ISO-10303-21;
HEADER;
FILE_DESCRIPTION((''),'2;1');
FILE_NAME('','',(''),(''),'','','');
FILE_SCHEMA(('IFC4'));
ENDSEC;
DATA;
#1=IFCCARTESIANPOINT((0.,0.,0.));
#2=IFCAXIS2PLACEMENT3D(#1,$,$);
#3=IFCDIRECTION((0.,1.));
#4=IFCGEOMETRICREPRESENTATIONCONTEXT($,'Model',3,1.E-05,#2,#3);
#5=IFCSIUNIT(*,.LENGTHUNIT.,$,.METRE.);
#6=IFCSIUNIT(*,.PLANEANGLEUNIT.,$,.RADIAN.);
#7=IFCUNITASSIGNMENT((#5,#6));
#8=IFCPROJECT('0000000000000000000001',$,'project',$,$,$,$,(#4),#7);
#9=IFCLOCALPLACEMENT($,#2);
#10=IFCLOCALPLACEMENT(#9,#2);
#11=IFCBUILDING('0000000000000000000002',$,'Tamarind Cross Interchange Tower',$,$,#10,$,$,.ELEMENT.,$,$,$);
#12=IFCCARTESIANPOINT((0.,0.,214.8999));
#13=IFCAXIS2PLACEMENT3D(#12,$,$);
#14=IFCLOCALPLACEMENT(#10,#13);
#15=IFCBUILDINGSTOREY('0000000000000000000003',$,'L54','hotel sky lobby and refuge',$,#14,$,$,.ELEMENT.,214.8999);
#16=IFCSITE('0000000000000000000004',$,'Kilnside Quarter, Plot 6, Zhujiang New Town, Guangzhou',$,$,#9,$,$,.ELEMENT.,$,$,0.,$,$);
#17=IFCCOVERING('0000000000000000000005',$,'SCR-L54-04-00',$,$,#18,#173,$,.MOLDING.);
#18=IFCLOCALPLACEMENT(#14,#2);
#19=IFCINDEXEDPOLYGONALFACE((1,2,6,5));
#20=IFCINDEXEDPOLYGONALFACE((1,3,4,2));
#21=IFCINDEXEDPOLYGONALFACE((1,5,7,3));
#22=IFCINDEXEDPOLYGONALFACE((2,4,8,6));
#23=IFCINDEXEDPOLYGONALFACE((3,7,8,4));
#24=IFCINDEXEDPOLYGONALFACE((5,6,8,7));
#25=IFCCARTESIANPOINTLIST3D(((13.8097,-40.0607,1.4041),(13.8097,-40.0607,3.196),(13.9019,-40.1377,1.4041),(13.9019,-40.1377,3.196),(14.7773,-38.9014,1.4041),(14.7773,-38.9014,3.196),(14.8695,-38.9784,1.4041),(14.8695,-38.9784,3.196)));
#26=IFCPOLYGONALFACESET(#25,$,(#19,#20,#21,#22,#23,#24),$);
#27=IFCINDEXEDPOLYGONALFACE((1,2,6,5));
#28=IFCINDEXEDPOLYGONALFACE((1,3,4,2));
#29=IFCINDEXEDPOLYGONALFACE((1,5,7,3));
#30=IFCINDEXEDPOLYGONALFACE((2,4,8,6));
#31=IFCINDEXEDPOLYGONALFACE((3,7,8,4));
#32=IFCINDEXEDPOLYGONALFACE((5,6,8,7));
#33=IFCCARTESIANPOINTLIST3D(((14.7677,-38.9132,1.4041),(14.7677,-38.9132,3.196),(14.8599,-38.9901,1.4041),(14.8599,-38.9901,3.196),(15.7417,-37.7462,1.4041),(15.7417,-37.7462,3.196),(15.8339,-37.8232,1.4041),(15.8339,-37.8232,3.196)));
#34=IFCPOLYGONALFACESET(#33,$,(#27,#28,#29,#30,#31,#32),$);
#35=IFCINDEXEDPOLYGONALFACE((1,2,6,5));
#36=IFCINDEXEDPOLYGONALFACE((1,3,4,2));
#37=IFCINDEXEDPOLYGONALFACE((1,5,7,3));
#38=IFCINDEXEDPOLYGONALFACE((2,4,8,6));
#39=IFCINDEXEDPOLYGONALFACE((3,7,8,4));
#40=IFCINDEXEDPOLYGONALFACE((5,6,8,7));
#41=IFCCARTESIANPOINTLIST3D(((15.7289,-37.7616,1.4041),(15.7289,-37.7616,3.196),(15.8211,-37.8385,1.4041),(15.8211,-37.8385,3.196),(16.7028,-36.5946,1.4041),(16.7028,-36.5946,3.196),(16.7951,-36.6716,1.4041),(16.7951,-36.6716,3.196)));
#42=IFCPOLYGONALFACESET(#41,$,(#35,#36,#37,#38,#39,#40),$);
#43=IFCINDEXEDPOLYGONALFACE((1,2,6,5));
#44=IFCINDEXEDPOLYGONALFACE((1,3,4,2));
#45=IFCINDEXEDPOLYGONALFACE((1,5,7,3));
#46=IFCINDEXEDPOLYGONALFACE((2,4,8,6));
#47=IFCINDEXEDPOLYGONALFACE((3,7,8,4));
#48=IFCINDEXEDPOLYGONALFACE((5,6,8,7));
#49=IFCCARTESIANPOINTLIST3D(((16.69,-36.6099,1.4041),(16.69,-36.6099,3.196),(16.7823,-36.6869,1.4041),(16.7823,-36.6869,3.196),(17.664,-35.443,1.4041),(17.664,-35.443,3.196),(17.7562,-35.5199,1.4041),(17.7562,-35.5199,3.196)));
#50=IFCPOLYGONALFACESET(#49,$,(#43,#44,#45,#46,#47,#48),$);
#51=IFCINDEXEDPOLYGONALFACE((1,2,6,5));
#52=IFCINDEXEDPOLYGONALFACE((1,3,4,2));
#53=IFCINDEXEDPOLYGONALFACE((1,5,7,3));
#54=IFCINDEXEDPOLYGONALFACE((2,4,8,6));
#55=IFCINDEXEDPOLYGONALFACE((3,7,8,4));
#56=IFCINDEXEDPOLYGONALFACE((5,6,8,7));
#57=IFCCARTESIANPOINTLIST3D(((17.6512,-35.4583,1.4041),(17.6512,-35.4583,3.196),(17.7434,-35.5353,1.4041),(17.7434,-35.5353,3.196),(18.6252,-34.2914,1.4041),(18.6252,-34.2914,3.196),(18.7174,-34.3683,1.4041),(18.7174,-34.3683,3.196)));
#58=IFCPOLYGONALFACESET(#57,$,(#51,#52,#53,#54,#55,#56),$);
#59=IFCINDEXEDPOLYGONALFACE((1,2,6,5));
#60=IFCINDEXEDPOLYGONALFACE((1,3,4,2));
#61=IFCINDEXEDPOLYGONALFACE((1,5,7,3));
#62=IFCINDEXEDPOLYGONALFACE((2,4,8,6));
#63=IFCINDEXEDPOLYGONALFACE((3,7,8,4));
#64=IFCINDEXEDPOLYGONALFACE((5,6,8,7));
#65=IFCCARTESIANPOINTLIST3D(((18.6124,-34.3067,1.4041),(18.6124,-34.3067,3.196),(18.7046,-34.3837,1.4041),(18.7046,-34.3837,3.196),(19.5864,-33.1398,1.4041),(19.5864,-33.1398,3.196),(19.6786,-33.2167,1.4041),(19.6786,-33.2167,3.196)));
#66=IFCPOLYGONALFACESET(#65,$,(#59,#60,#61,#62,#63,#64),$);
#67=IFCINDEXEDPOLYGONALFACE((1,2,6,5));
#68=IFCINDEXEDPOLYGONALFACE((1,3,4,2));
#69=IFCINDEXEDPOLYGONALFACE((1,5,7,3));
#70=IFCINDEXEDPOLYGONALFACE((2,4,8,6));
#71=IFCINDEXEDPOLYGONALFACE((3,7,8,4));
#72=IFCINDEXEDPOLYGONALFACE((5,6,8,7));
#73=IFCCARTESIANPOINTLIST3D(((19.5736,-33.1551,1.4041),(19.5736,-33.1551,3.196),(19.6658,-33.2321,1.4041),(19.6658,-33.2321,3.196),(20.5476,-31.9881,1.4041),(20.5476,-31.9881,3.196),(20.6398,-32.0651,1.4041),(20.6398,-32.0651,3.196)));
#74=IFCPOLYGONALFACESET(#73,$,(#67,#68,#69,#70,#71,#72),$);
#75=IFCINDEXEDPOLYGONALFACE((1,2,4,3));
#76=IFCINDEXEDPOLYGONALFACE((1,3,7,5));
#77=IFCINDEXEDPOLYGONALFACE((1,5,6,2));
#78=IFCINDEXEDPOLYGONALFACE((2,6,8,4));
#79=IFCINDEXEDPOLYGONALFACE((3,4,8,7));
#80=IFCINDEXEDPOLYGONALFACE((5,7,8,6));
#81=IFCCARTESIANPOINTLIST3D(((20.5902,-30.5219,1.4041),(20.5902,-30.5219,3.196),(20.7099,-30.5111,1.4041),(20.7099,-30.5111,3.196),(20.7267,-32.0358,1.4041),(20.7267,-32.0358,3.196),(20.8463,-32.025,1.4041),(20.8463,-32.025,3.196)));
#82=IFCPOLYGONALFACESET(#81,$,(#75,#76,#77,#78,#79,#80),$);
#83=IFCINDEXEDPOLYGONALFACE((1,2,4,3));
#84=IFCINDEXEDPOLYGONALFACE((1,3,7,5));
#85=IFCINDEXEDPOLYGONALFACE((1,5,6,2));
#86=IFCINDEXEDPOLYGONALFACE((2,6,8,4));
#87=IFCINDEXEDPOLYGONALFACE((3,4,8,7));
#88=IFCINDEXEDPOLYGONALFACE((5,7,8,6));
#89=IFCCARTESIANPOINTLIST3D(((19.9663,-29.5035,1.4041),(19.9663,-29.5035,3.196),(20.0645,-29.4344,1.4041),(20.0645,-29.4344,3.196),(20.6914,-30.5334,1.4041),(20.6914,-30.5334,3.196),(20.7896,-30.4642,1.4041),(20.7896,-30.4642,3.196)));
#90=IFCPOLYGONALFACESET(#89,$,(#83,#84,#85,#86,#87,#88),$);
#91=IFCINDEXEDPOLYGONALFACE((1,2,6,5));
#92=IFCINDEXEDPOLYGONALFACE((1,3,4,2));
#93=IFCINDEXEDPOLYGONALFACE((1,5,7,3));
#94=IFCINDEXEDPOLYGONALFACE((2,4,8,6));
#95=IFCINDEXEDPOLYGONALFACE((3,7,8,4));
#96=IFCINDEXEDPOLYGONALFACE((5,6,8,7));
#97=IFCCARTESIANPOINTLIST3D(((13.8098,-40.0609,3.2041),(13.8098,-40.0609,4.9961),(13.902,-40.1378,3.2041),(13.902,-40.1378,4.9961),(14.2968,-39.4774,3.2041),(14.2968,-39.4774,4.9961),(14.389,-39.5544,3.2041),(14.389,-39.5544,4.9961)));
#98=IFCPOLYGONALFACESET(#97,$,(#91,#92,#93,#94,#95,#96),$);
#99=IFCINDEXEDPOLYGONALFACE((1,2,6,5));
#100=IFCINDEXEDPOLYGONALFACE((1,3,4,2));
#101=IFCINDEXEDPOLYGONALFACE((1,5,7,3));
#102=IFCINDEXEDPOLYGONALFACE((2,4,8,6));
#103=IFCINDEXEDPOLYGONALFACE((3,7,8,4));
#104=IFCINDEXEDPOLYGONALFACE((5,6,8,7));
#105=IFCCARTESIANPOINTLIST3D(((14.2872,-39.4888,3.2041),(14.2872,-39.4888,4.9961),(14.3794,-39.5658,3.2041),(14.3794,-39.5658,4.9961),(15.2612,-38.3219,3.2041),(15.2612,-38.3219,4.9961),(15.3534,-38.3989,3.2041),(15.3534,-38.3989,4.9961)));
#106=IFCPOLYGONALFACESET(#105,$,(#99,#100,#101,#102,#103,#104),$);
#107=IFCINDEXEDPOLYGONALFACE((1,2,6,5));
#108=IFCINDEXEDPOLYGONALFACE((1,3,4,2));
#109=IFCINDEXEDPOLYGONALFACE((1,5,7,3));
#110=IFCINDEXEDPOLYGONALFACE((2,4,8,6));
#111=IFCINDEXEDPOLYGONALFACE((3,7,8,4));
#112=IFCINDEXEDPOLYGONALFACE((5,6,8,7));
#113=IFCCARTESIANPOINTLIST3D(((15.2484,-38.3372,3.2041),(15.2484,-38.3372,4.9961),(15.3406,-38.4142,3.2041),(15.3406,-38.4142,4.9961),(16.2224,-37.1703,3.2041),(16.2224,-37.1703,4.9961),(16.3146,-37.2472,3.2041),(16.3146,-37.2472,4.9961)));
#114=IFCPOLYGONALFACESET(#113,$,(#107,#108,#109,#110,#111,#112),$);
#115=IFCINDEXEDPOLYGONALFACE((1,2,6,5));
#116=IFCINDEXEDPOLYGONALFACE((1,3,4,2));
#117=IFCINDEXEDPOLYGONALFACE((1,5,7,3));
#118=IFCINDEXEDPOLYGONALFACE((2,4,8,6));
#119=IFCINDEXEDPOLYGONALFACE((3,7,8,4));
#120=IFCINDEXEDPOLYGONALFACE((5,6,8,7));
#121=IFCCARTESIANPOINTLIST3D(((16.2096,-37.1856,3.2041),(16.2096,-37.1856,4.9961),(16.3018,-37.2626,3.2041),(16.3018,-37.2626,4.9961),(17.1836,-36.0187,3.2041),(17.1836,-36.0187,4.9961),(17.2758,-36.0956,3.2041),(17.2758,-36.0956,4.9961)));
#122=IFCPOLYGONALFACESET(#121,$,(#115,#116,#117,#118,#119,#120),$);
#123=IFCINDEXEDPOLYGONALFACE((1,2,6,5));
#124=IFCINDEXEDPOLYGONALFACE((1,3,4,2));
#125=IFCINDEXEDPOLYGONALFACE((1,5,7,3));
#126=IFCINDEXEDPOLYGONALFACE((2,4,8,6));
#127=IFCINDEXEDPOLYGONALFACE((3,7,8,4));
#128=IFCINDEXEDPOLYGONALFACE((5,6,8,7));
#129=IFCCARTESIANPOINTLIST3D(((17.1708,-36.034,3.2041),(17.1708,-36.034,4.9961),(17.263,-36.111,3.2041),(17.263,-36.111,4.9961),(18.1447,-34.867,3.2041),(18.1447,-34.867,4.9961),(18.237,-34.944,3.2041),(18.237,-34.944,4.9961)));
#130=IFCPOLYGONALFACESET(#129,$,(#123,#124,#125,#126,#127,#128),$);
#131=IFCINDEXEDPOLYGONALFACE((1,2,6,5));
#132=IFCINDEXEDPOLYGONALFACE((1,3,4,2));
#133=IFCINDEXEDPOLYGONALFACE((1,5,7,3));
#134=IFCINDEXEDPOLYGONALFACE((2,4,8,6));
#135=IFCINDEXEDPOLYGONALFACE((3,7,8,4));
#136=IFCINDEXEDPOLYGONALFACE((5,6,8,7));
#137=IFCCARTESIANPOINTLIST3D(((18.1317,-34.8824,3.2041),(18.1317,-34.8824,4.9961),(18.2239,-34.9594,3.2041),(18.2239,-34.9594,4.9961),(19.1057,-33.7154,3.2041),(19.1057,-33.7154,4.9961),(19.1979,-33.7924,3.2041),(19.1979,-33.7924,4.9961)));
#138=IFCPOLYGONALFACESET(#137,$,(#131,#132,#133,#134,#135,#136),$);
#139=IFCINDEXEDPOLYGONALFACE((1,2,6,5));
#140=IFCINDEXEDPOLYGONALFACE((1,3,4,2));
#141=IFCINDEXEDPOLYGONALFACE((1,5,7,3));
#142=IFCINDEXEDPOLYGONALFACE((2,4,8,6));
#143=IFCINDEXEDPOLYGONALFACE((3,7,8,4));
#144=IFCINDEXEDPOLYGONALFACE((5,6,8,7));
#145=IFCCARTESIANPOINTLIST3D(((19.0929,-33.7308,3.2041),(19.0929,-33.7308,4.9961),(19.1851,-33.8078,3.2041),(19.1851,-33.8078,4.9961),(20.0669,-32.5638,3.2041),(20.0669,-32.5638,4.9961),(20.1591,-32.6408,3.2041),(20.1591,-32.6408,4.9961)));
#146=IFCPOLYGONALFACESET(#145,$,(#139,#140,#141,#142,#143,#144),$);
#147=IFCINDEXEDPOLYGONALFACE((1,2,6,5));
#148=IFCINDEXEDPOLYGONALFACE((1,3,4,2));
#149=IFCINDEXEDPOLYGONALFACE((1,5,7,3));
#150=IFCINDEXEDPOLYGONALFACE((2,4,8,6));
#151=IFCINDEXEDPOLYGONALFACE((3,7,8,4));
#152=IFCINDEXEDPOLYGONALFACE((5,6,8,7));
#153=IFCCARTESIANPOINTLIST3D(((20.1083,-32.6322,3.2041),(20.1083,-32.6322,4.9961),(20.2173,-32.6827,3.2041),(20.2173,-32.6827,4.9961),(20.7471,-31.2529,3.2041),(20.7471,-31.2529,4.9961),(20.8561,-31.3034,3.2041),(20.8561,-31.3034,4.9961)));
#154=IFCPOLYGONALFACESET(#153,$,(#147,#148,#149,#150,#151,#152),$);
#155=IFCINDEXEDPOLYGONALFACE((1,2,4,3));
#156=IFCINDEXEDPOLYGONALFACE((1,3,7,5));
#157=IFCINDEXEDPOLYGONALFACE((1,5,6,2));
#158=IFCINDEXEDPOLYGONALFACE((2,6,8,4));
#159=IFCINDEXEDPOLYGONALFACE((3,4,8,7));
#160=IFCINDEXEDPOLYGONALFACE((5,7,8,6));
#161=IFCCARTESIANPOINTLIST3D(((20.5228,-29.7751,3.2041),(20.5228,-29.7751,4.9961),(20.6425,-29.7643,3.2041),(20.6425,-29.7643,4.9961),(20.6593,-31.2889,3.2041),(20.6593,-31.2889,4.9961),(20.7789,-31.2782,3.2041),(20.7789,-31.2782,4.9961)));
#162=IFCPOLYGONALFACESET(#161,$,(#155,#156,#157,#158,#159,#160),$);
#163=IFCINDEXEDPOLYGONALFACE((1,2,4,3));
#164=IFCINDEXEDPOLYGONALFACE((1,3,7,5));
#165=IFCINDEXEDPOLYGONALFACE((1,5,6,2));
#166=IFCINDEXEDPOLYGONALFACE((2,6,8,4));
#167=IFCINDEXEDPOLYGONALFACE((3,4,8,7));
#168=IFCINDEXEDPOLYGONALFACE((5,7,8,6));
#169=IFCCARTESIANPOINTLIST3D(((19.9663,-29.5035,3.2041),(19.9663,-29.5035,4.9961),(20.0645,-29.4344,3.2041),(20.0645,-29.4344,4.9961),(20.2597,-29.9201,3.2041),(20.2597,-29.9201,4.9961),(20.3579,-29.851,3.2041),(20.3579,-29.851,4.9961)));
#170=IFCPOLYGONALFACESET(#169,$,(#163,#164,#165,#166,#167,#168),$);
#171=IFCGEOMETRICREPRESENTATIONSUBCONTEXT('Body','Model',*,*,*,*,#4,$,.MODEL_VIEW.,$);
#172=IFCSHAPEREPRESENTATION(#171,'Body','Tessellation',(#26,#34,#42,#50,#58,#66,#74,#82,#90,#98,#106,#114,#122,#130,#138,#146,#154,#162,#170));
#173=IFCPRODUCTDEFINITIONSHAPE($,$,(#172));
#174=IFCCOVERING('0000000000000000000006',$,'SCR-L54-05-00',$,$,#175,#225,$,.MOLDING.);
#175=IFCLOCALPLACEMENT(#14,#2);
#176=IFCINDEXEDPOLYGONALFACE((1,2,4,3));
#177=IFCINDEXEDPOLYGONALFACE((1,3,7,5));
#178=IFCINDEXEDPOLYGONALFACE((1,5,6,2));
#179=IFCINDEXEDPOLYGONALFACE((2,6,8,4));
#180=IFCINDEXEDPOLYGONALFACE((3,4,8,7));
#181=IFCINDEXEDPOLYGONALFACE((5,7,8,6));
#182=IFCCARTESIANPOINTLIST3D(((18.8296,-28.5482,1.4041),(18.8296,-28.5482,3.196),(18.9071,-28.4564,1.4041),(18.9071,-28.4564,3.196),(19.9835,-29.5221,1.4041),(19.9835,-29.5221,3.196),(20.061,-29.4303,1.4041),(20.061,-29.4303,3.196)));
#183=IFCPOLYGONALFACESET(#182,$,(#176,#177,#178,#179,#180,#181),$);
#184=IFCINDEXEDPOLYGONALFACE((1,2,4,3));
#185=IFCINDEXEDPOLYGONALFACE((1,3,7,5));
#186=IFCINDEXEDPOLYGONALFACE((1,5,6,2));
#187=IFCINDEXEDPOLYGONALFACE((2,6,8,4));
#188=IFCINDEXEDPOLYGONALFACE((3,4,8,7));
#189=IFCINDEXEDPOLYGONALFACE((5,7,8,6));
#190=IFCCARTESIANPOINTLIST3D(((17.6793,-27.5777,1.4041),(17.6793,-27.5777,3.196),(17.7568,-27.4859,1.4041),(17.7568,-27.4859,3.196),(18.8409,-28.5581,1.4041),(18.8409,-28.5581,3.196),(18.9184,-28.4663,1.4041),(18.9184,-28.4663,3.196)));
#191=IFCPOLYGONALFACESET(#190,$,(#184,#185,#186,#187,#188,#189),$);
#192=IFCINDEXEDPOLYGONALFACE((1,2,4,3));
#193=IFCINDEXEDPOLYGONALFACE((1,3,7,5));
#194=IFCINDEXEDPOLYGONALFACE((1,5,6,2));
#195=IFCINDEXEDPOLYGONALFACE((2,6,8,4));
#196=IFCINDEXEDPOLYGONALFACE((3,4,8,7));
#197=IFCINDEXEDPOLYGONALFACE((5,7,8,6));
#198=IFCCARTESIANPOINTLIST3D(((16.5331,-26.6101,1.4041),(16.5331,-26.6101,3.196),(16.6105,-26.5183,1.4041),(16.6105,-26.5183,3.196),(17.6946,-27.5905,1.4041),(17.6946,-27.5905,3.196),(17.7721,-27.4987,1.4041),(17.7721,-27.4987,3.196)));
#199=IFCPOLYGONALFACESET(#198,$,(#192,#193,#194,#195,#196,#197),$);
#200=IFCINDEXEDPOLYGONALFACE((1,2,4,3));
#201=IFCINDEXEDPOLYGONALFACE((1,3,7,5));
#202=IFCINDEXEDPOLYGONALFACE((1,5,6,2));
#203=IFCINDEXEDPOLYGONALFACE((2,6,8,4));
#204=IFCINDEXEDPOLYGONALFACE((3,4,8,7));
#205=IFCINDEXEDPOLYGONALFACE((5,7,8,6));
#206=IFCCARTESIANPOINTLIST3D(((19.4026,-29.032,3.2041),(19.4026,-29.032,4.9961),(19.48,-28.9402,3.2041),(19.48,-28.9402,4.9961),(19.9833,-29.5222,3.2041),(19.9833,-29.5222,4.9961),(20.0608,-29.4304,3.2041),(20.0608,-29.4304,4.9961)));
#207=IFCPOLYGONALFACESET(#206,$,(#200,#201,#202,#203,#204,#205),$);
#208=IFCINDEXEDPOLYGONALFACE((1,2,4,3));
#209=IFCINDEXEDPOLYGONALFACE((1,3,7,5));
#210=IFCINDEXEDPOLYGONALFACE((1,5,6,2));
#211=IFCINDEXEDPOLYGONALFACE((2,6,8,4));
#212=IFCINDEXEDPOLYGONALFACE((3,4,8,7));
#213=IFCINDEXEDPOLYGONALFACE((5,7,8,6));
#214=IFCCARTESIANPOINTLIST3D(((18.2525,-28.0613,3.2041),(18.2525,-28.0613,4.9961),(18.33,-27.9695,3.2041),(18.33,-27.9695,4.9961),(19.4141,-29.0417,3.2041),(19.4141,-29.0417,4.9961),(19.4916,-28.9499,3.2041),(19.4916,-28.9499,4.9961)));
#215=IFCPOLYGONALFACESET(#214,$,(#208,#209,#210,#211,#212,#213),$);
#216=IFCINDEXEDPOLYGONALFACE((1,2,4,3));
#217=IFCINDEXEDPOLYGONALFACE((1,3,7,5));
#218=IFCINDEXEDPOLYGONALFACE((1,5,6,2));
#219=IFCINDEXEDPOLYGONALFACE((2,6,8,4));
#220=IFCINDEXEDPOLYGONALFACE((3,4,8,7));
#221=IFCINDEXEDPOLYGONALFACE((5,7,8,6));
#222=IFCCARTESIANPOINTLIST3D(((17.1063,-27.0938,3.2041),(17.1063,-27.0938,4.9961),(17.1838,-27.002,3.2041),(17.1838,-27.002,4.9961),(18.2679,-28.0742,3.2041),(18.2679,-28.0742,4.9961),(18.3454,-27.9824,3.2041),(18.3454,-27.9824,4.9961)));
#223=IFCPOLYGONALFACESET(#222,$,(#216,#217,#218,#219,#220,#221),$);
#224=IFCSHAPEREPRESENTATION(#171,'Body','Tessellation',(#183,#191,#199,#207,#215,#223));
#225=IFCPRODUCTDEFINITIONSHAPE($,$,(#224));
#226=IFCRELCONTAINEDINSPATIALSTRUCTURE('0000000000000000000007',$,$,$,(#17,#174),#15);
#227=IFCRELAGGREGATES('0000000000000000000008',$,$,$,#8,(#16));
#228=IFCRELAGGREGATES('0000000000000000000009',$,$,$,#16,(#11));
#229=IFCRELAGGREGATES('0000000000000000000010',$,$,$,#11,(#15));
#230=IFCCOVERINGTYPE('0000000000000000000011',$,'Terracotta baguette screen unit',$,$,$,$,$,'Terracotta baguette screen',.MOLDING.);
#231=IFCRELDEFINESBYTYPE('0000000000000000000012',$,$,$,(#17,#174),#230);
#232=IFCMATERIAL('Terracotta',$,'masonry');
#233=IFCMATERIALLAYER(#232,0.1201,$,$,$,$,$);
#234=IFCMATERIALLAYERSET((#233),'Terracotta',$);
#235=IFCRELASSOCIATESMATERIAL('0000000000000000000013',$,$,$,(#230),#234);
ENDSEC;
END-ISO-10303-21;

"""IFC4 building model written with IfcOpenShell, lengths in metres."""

from ifc_helpers import new_model, si_unit, direction, frame, origin, origin_2d, place, context, subcontext, project, spatial, rectangle, extrude, material, layer, layer_set, type_object, element, save


model = new_model("IFC4")

# Units and contexts
model_context = context("Model", 3, precision=1e-05, world=origin(), true_north=direction((0.0, 1.0)))
body_context = subcontext(model_context, "Body", "Model", "MODEL_VIEW")
ifc_project = project(units=[si_unit("LENGTHUNIT", "METRE"), si_unit("PLANEANGLEUNIT", "RADIAN")], contexts=[model_context])

# Site, building, storey
site_placement = place(None, origin())
site = spatial("IfcSite", under=ifc_project, at=site_placement, Name="Kilnside Quarter, Plot 6, Zhujiang New Town, Guangzhou", CompositionType="ELEMENT", RefElevation=0.0)
building_placement = place(site_placement, origin())
building = spatial("IfcBuilding", under=site, at=building_placement, Name="Tamarind Cross Interchange Tower", CompositionType="ELEMENT")
storey_placement = place(building_placement, frame((0.0, 0.0, 214.8999)))
storey = spatial("IfcBuildingStorey", under=building, at=storey_placement, Name="L54", Description="hotel sky lobby and refuge", CompositionType="ELEMENT", Elevation=214.8999)

# Coverings
ifc_material_1 = material(Name="Terracotta", Category="masonry")
ifc_layer_1 = layer(ifc_material_1, 0.1201)
ifc_layer_set_1 = layer_set([ifc_layer_1], Name="Terracotta")
covering_type = type_object("IfcCoveringType", Name="Terracotta baguette screen unit", ElementType="Terracotta baguette screen", PredefinedType="MOLDING", material=ifc_layer_set_1)
covering_1_placement = place(storey_placement, origin())
element("IfcCovering", 1, at=covering_1_placement, inside=storey, type_object=covering_type, Name="SCR-L54-04-00", PredefinedType="MOLDING", context=body_context, shape_type="SweptSolid", body=[
    extrude(rectangle(XDim=1.51, YDim=0.1201, at=origin_2d()), frame((14.3396, -39.5195, 1.4041), z_axis=(0.0, 0.0, 1.0), x_axis=(0.640775, 0.767729, 0.0)), (0.0, 0.0, 1.0), 1.792),
    extrude(rectangle(XDim=1.52, YDim=0.1201, at=origin_2d()), frame((15.3008, -38.3682, 1.4041), z_axis=(0.0, 0.0, 1.0), x_axis=(0.640775, 0.767729, 0.0)), (0.0, 0.0, 1.0), 1.792),
    extrude(rectangle(XDim=1.52, YDim=0.1201, at=origin_2d()), frame((16.262, -37.2166, 1.4041), z_axis=(0.0, 0.0, 1.0), x_axis=(0.640775, 0.767729, 0.0)), (0.0, 0.0, 1.0), 1.792),
    extrude(rectangle(XDim=1.52, YDim=0.1201, at=origin_2d()), frame((17.2231, -36.0649, 1.4041), z_axis=(0.0, 0.0, 1.0), x_axis=(0.640775, 0.767729, 0.0)), (0.0, 0.0, 1.0), 1.792),
    extrude(rectangle(XDim=1.52, YDim=0.1201, at=origin_2d()), frame((18.1843, -34.9133, 1.4041), z_axis=(0.0, 0.0, 1.0), x_axis=(0.640775, 0.767729, 0.0)), (0.0, 0.0, 1.0), 1.792),
    extrude(rectangle(XDim=1.52, YDim=0.1201, at=origin_2d()), frame((19.1455, -33.7617, 1.4041), z_axis=(0.0, 0.0, 1.0), x_axis=(0.640775, 0.767729, 0.0)), (0.0, 0.0, 1.0), 1.792),
    extrude(rectangle(XDim=1.52, YDim=0.1201, at=origin_2d()), frame((20.1067, -32.6101, 1.4041), z_axis=(0.0, 0.0, 1.0), x_axis=(0.640775, 0.767729, 0.0)), (0.0, 0.0, 1.0), 1.792),
    extrude(rectangle(XDim=1.52, YDim=0.1201, at=origin_2d()), frame((20.7183, -31.2734, 1.4041), z_axis=(0.0, 0.0, 1.0), x_axis=(-0.08977, 0.995962, 0.0)), (0.0, 0.0, 1.0), 1.792),
    extrude(rectangle(XDim=1.2595, YDim=0.1201, at=origin_2d()), frame((20.3779, -29.9839, 1.4041), z_axis=(0.0, 0.0, 1.0), x_axis=(-0.575725, 0.817644, 0.0)), (0.0, 0.0, 1.0), 1.792),
    extrude(rectangle(XDim=0.76, YDim=0.1201, at=origin_2d()), frame((14.0994, -39.8076, 3.2041), z_axis=(0.0, 0.0, 1.0), x_axis=(0.640775, 0.767729, 0.0)), (0.0, 0.0, 1.0), 1.792),
    extrude(rectangle(XDim=1.52, YDim=0.1201, at=origin_2d()), frame((14.8203, -38.9438, 3.2041), z_axis=(0.0, 0.0, 1.0), x_axis=(0.640775, 0.767729, 0.0)), (0.0, 0.0, 1.0), 1.792),
    extrude(rectangle(XDim=1.52, YDim=0.1201, at=origin_2d()), frame((15.7815, -37.7922, 3.2041), z_axis=(0.0, 0.0, 1.0), x_axis=(0.640775, 0.767729, 0.0)), (0.0, 0.0, 1.0), 1.792),
    extrude(rectangle(XDim=1.52, YDim=0.1201, at=origin_2d()), frame((16.7427, -36.6406, 3.2041), z_axis=(0.0, 0.0, 1.0), x_axis=(0.640775, 0.767729, 0.0)), (0.0, 0.0, 1.0), 1.792),
    extrude(rectangle(XDim=1.52, YDim=0.1201, at=origin_2d()), frame((17.7039, -35.489, 3.2041), z_axis=(0.0, 0.0, 1.0), x_axis=(0.640775, 0.767729, 0.0)), (0.0, 0.0, 1.0), 1.792),
    extrude(rectangle(XDim=1.52, YDim=0.1201, at=origin_2d()), frame((18.6648, -34.3374, 3.2041), z_axis=(0.0, 0.0, 1.0), x_axis=(0.640775, 0.767729, 0.0)), (0.0, 0.0, 1.0), 1.792),
    extrude(rectangle(XDim=1.52, YDim=0.1201, at=origin_2d()), frame((19.626, -33.1858, 3.2041), z_axis=(0.0, 0.0, 1.0), x_axis=(0.640775, 0.767729, 0.0)), (0.0, 0.0, 1.0), 1.792),
    extrude(rectangle(XDim=1.52, YDim=0.1201, at=origin_2d()), frame((20.4822, -31.9678, 3.2041), z_axis=(0.0, 0.0, 1.0), x_axis=(0.420238, 0.907414, 0.0)), (0.0, 0.0, 1.0), 1.792),
    extrude(rectangle(XDim=1.52, YDim=0.1201, at=origin_2d()), frame((20.6509, -30.5266, 3.2041), z_axis=(0.0, 0.0, 1.0), x_axis=(-0.08977, 0.995962, 0.0)), (0.0, 0.0, 1.0), 1.792),
    extrude(rectangle(XDim=0.5095, YDim=0.1201, at=origin_2d()), frame((20.1621, -29.6772, 3.2041), z_axis=(0.0, 0.0, 1.0), x_axis=(-0.575725, 0.817644, 0.0)), (0.0, 0.0, 1.0), 1.792),
])
covering_2_placement = place(storey_placement, origin())
element("IfcCovering", 2, at=covering_2_placement, inside=storey, type_object=covering_type, Name="SCR-L54-05-00", PredefinedType="MOLDING", context=body_context, shape_type="SweptSolid", body=[
    extrude(rectangle(XDim=1.51, YDim=0.1201, at=origin_2d()), frame((19.4453, -28.9893, 1.4041), z_axis=(0.0, 0.0, 1.0), x_axis=(-0.764191, 0.644989, 0.0)), (0.0, 0.0, 1.0), 1.792),
    extrude(rectangle(XDim=1.52, YDim=0.1201, at=origin_2d()), frame((18.2988, -28.022, 1.4041), z_axis=(0.0, 0.0, 1.0), x_axis=(-0.764191, 0.644989, 0.0)), (0.0, 0.0, 1.0), 1.792),
    extrude(rectangle(XDim=1.52, YDim=0.1201, at=origin_2d()), frame((17.1526, -27.0544, 1.4041), z_axis=(0.0, 0.0, 1.0), x_axis=(-0.764191, 0.644989, 0.0)), (0.0, 0.0, 1.0), 1.792),
    extrude(rectangle(XDim=0.76, YDim=0.1201, at=origin_2d()), frame((19.7317, -29.2312, 3.2041), z_axis=(0.0, 0.0, 1.0), x_axis=(-0.764191, 0.644989, 0.0)), (0.0, 0.0, 1.0), 1.792),
    extrude(rectangle(XDim=1.52, YDim=0.1201, at=origin_2d()), frame((18.8721, -28.5056, 3.2041), z_axis=(0.0, 0.0, 1.0), x_axis=(-0.764191, 0.644989, 0.0)), (0.0, 0.0, 1.0), 1.792),
    extrude(rectangle(XDim=1.52, YDim=0.1201, at=origin_2d()), frame((17.7258, -27.5381, 3.2041), z_axis=(0.0, 0.0, 1.0), x_axis=(-0.764191, 0.644989, 0.0)), (0.0, 0.0, 1.0), 1.792),
])

save(model, "model.ifc")
